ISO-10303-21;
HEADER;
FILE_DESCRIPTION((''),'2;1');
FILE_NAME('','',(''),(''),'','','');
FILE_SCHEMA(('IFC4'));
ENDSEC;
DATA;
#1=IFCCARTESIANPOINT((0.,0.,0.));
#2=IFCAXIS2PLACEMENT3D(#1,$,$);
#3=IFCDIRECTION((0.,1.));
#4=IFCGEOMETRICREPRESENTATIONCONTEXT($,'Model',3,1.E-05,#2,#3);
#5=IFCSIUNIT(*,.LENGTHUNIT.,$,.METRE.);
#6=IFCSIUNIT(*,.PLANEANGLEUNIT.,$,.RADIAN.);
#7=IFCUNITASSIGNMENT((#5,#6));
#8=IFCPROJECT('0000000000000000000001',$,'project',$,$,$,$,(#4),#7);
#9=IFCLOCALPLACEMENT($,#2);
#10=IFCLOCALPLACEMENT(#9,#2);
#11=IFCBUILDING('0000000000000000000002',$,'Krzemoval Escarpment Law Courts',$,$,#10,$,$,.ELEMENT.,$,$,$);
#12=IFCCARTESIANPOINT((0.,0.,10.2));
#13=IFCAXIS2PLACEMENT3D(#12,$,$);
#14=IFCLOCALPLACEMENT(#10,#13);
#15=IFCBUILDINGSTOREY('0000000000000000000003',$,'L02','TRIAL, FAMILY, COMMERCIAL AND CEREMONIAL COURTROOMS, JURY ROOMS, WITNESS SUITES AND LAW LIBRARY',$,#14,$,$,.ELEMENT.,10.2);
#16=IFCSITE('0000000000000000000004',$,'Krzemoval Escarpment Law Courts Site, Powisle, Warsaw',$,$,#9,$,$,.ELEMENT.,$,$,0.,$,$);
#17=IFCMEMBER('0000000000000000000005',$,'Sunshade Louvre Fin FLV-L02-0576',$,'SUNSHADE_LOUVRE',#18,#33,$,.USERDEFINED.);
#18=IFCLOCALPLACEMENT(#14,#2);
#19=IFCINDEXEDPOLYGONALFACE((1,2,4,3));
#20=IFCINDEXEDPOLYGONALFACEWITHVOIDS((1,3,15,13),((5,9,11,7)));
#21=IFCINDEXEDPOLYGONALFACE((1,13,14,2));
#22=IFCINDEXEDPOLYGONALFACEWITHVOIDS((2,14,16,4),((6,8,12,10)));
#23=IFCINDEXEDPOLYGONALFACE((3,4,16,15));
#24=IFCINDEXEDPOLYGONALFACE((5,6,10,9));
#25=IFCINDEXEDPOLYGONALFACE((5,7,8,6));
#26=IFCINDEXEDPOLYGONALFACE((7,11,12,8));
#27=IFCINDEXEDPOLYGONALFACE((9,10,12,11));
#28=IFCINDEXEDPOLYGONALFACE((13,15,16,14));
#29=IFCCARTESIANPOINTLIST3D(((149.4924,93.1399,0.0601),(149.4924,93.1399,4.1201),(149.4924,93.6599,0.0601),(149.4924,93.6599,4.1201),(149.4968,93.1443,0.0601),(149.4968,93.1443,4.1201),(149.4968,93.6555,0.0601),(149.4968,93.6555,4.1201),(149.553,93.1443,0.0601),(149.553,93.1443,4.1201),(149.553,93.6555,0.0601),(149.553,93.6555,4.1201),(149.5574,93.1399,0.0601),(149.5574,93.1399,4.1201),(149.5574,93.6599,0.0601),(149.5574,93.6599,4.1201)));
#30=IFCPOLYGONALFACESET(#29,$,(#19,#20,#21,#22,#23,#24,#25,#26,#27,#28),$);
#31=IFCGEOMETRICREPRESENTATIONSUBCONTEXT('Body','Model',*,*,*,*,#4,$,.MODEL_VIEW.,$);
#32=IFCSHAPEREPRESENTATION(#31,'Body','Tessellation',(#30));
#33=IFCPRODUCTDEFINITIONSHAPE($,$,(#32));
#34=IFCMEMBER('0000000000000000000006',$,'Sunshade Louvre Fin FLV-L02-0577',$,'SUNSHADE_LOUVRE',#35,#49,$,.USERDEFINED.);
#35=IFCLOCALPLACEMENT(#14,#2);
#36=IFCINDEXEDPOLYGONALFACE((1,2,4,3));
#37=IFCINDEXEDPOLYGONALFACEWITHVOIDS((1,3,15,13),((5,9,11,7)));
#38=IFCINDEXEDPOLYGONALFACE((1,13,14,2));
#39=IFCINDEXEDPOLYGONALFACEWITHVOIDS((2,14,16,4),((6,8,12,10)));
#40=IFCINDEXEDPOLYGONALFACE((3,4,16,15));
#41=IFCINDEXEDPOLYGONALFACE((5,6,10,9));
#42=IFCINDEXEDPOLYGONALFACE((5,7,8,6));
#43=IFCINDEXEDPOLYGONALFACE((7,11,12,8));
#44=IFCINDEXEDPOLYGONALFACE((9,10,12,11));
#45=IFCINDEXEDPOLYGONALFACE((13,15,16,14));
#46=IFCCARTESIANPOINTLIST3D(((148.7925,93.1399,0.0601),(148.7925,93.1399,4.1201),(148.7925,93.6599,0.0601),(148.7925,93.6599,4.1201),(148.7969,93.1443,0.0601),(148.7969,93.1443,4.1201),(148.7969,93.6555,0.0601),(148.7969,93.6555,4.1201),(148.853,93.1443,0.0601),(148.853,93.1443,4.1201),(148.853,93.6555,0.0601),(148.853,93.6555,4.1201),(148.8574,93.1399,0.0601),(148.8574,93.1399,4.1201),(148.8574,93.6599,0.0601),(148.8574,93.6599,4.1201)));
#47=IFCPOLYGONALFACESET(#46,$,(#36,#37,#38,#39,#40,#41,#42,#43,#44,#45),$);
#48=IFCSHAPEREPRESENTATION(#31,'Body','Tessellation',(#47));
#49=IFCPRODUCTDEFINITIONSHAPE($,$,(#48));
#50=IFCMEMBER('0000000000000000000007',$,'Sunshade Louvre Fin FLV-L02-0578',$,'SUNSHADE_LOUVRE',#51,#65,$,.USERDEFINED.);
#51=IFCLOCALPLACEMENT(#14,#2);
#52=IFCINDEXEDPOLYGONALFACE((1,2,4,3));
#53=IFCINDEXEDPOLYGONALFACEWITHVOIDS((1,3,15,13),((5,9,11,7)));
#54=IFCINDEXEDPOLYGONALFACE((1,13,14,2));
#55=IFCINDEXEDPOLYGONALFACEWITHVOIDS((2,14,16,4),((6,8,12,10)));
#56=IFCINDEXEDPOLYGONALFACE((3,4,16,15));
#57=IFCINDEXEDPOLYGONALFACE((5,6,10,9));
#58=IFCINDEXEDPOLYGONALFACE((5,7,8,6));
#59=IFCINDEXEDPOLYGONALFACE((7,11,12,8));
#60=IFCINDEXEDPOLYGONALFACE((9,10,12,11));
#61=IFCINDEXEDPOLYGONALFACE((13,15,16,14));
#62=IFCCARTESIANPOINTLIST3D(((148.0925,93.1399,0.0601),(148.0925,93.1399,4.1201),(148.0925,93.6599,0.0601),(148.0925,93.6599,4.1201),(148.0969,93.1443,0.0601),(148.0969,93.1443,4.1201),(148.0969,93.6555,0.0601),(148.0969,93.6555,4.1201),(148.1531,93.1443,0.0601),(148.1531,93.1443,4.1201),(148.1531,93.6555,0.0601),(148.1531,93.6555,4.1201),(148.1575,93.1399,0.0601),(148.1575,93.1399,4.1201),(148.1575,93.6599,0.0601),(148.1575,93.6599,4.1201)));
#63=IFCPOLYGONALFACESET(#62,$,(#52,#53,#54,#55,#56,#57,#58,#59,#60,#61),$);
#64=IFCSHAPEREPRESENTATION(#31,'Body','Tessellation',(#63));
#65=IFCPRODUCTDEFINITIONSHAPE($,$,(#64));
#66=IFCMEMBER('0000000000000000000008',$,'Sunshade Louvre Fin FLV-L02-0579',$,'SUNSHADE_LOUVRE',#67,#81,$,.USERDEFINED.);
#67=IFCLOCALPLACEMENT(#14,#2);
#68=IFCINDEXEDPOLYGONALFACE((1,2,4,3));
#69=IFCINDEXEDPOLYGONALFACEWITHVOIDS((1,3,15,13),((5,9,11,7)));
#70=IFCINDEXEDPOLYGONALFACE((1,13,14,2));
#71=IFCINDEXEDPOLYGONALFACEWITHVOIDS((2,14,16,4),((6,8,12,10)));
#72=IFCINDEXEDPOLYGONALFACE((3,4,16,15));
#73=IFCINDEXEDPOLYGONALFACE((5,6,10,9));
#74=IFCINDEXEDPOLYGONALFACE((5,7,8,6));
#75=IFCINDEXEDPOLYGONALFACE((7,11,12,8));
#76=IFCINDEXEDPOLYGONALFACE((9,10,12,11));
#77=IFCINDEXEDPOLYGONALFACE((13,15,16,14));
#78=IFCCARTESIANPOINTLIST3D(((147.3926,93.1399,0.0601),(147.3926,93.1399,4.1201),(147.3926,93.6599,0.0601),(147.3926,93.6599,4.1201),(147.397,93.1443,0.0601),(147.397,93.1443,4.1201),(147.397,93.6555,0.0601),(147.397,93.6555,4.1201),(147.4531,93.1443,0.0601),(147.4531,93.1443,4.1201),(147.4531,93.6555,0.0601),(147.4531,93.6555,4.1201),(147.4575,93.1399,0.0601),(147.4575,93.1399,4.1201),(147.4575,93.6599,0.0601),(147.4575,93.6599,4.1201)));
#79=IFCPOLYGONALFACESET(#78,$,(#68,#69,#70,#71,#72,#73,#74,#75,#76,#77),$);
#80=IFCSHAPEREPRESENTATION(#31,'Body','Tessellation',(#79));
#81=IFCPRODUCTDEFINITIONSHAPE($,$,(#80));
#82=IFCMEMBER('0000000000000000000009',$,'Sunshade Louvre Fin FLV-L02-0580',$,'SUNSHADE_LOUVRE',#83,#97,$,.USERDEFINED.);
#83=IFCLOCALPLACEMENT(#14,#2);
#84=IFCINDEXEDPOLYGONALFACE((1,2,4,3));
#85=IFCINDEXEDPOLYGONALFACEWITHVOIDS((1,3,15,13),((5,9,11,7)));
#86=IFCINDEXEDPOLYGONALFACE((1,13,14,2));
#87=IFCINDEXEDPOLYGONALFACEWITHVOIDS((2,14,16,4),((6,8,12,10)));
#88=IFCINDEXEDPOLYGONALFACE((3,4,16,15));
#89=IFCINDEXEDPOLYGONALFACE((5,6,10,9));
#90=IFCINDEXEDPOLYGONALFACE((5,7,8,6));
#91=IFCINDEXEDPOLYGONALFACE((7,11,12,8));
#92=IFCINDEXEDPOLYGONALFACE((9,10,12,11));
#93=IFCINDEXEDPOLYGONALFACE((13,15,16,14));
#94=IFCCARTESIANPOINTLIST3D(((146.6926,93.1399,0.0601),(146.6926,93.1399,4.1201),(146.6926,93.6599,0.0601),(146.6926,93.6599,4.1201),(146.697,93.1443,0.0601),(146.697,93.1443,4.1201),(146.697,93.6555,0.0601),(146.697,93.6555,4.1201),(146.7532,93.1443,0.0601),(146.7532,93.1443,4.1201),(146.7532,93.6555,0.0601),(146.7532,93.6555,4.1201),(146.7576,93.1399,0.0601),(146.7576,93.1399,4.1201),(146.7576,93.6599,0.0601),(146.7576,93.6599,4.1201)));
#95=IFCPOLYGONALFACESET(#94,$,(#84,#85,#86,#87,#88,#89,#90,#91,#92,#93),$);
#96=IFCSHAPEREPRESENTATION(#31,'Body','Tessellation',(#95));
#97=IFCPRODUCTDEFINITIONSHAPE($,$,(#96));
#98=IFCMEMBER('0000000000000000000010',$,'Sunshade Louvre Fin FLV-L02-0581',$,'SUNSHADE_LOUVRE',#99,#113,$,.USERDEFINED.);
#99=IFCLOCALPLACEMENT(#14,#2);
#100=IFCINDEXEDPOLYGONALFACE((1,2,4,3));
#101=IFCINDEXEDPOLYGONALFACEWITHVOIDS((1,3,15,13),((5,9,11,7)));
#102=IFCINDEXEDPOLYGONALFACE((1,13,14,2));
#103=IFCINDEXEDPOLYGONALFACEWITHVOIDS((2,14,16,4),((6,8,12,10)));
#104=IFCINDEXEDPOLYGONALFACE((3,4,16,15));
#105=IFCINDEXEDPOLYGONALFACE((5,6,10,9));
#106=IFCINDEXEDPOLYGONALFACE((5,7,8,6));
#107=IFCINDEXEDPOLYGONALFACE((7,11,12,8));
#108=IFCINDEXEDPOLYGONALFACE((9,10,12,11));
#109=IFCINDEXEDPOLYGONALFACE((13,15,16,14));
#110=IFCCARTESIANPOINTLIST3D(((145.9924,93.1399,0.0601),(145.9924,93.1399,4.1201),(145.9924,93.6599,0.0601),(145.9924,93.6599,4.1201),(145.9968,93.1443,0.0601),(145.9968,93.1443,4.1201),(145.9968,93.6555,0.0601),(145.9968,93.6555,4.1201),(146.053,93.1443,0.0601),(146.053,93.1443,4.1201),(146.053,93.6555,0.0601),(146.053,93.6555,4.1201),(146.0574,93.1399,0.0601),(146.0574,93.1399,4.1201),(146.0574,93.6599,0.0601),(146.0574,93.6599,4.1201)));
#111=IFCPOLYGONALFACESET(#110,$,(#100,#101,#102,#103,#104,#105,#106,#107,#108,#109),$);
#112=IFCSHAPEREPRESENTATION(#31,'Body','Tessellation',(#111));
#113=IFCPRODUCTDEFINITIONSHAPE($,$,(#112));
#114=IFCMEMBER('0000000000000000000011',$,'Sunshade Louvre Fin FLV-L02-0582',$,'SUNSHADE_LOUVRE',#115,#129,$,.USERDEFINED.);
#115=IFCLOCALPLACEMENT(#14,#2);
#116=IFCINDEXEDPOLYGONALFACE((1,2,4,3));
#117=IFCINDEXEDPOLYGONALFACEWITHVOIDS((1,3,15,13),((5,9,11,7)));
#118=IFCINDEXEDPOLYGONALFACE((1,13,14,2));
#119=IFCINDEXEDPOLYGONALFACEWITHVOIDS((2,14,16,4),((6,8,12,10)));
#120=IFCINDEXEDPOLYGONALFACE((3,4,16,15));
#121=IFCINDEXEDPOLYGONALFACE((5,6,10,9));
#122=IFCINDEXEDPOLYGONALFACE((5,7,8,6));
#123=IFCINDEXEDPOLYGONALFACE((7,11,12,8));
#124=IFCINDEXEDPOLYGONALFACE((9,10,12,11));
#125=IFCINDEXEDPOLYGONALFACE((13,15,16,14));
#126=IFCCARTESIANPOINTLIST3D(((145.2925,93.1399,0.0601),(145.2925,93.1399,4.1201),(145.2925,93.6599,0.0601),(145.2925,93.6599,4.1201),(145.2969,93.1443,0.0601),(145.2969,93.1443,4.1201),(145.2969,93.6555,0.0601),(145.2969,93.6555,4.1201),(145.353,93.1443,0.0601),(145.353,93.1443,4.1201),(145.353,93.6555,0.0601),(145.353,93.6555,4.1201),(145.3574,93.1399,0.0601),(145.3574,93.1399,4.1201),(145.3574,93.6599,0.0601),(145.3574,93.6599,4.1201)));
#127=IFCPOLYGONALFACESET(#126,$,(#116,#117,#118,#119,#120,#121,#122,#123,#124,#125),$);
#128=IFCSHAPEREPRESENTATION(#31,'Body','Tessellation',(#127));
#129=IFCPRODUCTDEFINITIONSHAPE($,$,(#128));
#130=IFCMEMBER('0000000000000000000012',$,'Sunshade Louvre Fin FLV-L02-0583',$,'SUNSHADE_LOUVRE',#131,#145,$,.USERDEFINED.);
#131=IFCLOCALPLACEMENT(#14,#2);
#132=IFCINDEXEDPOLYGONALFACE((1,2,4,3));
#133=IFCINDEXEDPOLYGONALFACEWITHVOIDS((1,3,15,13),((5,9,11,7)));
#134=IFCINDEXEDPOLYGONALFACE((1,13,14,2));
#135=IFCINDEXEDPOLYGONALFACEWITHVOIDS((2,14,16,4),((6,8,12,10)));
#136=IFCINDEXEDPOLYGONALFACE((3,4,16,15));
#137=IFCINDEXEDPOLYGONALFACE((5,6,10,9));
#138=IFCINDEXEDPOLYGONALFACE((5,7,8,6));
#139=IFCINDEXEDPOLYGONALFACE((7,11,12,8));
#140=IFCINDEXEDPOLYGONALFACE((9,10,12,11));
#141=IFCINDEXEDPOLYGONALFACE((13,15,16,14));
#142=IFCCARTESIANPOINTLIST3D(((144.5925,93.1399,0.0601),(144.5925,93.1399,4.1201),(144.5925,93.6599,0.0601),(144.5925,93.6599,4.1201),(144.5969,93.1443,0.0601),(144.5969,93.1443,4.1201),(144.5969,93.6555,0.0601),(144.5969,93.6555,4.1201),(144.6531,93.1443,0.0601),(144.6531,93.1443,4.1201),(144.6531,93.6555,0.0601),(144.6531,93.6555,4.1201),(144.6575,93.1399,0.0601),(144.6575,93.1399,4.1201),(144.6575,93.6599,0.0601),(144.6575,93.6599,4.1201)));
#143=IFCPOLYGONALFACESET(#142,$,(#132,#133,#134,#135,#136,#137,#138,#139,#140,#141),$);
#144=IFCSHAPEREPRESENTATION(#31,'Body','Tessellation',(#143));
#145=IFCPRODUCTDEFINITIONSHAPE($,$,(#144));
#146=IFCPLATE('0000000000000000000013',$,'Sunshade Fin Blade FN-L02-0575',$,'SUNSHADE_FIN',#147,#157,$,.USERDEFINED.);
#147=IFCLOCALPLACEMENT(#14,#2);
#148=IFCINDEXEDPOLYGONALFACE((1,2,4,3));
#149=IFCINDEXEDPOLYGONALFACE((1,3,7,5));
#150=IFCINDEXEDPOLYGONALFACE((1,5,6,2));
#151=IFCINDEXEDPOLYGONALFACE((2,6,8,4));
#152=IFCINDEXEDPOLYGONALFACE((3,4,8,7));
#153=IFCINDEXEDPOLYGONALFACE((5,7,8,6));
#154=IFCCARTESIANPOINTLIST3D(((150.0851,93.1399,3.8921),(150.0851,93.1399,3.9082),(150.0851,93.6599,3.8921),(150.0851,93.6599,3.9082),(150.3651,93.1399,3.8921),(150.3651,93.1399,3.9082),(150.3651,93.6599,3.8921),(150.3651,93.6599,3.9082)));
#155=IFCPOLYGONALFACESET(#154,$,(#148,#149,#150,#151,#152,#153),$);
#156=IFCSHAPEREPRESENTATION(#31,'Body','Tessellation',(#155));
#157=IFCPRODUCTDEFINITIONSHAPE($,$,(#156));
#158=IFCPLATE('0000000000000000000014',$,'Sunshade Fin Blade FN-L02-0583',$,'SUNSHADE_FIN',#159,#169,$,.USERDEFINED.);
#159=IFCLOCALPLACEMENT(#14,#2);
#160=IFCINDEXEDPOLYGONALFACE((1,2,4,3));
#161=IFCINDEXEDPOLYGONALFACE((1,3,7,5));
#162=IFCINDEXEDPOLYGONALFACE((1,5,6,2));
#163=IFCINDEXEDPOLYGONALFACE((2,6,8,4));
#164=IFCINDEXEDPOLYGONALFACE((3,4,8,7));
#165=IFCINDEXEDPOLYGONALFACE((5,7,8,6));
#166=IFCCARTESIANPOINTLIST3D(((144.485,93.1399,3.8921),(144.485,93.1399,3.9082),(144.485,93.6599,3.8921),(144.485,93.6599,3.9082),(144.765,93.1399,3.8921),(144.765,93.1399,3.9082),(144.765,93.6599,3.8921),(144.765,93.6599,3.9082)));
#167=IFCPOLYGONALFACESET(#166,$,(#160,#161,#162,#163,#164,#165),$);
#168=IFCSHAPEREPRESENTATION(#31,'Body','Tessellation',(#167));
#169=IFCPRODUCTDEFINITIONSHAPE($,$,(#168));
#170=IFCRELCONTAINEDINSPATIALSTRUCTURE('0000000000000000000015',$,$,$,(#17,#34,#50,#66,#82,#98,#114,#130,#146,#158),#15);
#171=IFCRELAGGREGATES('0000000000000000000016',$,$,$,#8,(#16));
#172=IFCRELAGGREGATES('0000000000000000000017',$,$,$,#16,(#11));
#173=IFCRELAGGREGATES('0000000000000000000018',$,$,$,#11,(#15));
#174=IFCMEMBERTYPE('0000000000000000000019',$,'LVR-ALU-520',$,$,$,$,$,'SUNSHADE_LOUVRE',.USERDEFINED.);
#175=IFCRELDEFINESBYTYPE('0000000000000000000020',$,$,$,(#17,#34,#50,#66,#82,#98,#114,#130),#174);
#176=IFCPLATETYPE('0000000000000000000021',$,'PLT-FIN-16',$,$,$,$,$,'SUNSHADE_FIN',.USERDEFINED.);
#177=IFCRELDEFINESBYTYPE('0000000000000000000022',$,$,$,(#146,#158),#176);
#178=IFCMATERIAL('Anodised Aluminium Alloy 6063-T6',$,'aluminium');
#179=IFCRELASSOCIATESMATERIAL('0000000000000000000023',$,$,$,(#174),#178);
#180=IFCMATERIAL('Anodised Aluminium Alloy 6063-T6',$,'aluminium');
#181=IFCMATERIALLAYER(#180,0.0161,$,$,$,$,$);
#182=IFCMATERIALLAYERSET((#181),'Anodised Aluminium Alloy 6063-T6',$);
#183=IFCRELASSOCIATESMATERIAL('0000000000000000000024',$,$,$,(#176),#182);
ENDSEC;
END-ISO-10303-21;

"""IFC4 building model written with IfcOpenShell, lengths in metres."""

from ifc_helpers import new_model, si_unit, direction, frame, origin, origin_2d, place, context, subcontext, project, spatial, rectangle, hollow_rectangle, extrude, material, layer, layer_set, material_profile, profile_set, type_object, element, save


model = new_model("IFC4")

# Units and contexts
model_context = context("Model", 3, precision=1e-05, world=origin(), true_north=direction((0.0, 1.0)))
body_context = subcontext(model_context, "Body", "Model", "MODEL_VIEW")
ifc_project = project(units=[si_unit("LENGTHUNIT", "METRE"), si_unit("PLANEANGLEUNIT", "RADIAN")], contexts=[model_context])

# Site, building, storey
site_placement = place(None, origin())
site = spatial("IfcSite", under=ifc_project, at=site_placement, Name="Krzemoval Escarpment Law Courts Site, Powisle, Warsaw", CompositionType="ELEMENT", RefElevation=0.0)
building_placement = place(site_placement, origin())
building = spatial("IfcBuilding", under=site, at=building_placement, Name="Krzemoval Escarpment Law Courts", CompositionType="ELEMENT")
storey_placement = place(building_placement, frame((0.0, 0.0, 10.2)))
storey = spatial("IfcBuildingStorey", under=building, at=storey_placement, Name="L02", Description="TRIAL, FAMILY, COMMERCIAL AND CEREMONIAL COURTROOMS, JURY ROOMS, WITNESS SUITES AND LAW LIBRARY", CompositionType="ELEMENT", Elevation=10.2)

# Members
ifc_material_1 = material(Name="Anodised Aluminium Alloy 6063-T6", Category="aluminium")
ifc_material_profile_1 = material_profile(ifc_material_1, hollow_rectangle(XDim=0.0649, YDim=0.52, WallThickness=0.0044, at=origin_2d()), Name="ALU LVR 65x520")
ifc_profile_set_1 = profile_set([ifc_material_profile_1], Name="Anodised Aluminium Alloy 6063-T6")
member_type_1 = type_object("IfcMemberType", Name="LVR-ALU-520", ElementType="SUNSHADE_LOUVRE", PredefinedType="USERDEFINED", material=ifc_profile_set_1)
for number, where, z_axis, x_axis, name in (
    (1, (149.5249, 93.3999, 0.0601), (0.0, 0.0, 1.0), (1.0, 0.0, 0.0), "Sunshade Louvre Fin FLV-L02-0576"),
    (2, (148.825, 93.3999, 0.0601), (0.0, 0.0, 1.0), (1.0, 0.0, 0.0), "Sunshade Louvre Fin FLV-L02-0577"),
    (3, (148.125, 93.3999, 0.0601), (0.0, 0.0, 1.0), (1.0, 0.0, 0.0), "Sunshade Louvre Fin FLV-L02-0578"),
    (4, (147.425, 93.3999, 0.0601), (0.0, 0.0, 1.0), (1.0, 0.0, 0.0), "Sunshade Louvre Fin FLV-L02-0579"),
    (5, (146.7251, 93.3999, 0.0601), (0.0, 0.0, 1.0), (1.0, 0.0, 0.0), "Sunshade Louvre Fin FLV-L02-0580"),
    (6, (146.0249, 93.3999, 0.0601), (0.0, 0.0, 1.0), (1.0, 0.0, 0.0), "Sunshade Louvre Fin FLV-L02-0581"),
    (7, (145.325, 93.3999, 0.0601), (0.0, 0.0, 1.0), (1.0, 0.0, 0.0), "Sunshade Louvre Fin FLV-L02-0582"),
    (8, (144.625, 93.3999, 0.0601), (0.0, 0.0, 1.0), (1.0, 0.0, 0.0), "Sunshade Louvre Fin FLV-L02-0583"),
):
    element("IfcMember", number, at=place(storey_placement, frame(where, z_axis=z_axis, x_axis=x_axis)), inside=storey, type_object=member_type_1, Name=name, ObjectType="SUNSHADE_LOUVRE", PredefinedType="USERDEFINED", context=body_context, shape_type="SweptSolid", body=[
        extrude(hollow_rectangle(XDim=0.0649, YDim=0.52, WallThickness=0.0044, at=origin_2d()), origin(), (0.0, 0.0, 1.0), 4.0601),
    ])

# Plates
ifc_material_2 = material(Name="Anodised Aluminium Alloy 6063-T6", Category="aluminium")
ifc_layer_1 = layer(ifc_material_2, 0.0161)
ifc_layer_set_1 = layer_set([ifc_layer_1], Name="Anodised Aluminium Alloy 6063-T6")
plate_type = type_object("IfcPlateType", Name="PLT-FIN-16", ElementType="SUNSHADE_FIN", PredefinedType="USERDEFINED", material=ifc_layer_set_1)
for number, where, z_axis, x_axis, name in (
    (9, (150.2251, 93.3999, 3.8921), (0.0, 0.0, 1.0), (0.0, -1.0, 0.0), "Sunshade Fin Blade FN-L02-0575"),
    (10, (144.625, 93.3999, 3.8921), (0.0, 0.0, 1.0), (0.0, -1.0, 0.0), "Sunshade Fin Blade FN-L02-0583"),
):
    element("IfcPlate", number, at=place(storey_placement, frame(where, z_axis=z_axis, x_axis=x_axis)), inside=storey, type_object=plate_type, Name=name, ObjectType="SUNSHADE_FIN", PredefinedType="USERDEFINED", context=body_context, shape_type="SweptSolid", body=[
        extrude(rectangle(XDim=0.52, YDim=0.28, at=origin_2d()), origin(), (0.0, 0.0, 1.0), 0.0161),
    ])

save(model, "model.ifc")
